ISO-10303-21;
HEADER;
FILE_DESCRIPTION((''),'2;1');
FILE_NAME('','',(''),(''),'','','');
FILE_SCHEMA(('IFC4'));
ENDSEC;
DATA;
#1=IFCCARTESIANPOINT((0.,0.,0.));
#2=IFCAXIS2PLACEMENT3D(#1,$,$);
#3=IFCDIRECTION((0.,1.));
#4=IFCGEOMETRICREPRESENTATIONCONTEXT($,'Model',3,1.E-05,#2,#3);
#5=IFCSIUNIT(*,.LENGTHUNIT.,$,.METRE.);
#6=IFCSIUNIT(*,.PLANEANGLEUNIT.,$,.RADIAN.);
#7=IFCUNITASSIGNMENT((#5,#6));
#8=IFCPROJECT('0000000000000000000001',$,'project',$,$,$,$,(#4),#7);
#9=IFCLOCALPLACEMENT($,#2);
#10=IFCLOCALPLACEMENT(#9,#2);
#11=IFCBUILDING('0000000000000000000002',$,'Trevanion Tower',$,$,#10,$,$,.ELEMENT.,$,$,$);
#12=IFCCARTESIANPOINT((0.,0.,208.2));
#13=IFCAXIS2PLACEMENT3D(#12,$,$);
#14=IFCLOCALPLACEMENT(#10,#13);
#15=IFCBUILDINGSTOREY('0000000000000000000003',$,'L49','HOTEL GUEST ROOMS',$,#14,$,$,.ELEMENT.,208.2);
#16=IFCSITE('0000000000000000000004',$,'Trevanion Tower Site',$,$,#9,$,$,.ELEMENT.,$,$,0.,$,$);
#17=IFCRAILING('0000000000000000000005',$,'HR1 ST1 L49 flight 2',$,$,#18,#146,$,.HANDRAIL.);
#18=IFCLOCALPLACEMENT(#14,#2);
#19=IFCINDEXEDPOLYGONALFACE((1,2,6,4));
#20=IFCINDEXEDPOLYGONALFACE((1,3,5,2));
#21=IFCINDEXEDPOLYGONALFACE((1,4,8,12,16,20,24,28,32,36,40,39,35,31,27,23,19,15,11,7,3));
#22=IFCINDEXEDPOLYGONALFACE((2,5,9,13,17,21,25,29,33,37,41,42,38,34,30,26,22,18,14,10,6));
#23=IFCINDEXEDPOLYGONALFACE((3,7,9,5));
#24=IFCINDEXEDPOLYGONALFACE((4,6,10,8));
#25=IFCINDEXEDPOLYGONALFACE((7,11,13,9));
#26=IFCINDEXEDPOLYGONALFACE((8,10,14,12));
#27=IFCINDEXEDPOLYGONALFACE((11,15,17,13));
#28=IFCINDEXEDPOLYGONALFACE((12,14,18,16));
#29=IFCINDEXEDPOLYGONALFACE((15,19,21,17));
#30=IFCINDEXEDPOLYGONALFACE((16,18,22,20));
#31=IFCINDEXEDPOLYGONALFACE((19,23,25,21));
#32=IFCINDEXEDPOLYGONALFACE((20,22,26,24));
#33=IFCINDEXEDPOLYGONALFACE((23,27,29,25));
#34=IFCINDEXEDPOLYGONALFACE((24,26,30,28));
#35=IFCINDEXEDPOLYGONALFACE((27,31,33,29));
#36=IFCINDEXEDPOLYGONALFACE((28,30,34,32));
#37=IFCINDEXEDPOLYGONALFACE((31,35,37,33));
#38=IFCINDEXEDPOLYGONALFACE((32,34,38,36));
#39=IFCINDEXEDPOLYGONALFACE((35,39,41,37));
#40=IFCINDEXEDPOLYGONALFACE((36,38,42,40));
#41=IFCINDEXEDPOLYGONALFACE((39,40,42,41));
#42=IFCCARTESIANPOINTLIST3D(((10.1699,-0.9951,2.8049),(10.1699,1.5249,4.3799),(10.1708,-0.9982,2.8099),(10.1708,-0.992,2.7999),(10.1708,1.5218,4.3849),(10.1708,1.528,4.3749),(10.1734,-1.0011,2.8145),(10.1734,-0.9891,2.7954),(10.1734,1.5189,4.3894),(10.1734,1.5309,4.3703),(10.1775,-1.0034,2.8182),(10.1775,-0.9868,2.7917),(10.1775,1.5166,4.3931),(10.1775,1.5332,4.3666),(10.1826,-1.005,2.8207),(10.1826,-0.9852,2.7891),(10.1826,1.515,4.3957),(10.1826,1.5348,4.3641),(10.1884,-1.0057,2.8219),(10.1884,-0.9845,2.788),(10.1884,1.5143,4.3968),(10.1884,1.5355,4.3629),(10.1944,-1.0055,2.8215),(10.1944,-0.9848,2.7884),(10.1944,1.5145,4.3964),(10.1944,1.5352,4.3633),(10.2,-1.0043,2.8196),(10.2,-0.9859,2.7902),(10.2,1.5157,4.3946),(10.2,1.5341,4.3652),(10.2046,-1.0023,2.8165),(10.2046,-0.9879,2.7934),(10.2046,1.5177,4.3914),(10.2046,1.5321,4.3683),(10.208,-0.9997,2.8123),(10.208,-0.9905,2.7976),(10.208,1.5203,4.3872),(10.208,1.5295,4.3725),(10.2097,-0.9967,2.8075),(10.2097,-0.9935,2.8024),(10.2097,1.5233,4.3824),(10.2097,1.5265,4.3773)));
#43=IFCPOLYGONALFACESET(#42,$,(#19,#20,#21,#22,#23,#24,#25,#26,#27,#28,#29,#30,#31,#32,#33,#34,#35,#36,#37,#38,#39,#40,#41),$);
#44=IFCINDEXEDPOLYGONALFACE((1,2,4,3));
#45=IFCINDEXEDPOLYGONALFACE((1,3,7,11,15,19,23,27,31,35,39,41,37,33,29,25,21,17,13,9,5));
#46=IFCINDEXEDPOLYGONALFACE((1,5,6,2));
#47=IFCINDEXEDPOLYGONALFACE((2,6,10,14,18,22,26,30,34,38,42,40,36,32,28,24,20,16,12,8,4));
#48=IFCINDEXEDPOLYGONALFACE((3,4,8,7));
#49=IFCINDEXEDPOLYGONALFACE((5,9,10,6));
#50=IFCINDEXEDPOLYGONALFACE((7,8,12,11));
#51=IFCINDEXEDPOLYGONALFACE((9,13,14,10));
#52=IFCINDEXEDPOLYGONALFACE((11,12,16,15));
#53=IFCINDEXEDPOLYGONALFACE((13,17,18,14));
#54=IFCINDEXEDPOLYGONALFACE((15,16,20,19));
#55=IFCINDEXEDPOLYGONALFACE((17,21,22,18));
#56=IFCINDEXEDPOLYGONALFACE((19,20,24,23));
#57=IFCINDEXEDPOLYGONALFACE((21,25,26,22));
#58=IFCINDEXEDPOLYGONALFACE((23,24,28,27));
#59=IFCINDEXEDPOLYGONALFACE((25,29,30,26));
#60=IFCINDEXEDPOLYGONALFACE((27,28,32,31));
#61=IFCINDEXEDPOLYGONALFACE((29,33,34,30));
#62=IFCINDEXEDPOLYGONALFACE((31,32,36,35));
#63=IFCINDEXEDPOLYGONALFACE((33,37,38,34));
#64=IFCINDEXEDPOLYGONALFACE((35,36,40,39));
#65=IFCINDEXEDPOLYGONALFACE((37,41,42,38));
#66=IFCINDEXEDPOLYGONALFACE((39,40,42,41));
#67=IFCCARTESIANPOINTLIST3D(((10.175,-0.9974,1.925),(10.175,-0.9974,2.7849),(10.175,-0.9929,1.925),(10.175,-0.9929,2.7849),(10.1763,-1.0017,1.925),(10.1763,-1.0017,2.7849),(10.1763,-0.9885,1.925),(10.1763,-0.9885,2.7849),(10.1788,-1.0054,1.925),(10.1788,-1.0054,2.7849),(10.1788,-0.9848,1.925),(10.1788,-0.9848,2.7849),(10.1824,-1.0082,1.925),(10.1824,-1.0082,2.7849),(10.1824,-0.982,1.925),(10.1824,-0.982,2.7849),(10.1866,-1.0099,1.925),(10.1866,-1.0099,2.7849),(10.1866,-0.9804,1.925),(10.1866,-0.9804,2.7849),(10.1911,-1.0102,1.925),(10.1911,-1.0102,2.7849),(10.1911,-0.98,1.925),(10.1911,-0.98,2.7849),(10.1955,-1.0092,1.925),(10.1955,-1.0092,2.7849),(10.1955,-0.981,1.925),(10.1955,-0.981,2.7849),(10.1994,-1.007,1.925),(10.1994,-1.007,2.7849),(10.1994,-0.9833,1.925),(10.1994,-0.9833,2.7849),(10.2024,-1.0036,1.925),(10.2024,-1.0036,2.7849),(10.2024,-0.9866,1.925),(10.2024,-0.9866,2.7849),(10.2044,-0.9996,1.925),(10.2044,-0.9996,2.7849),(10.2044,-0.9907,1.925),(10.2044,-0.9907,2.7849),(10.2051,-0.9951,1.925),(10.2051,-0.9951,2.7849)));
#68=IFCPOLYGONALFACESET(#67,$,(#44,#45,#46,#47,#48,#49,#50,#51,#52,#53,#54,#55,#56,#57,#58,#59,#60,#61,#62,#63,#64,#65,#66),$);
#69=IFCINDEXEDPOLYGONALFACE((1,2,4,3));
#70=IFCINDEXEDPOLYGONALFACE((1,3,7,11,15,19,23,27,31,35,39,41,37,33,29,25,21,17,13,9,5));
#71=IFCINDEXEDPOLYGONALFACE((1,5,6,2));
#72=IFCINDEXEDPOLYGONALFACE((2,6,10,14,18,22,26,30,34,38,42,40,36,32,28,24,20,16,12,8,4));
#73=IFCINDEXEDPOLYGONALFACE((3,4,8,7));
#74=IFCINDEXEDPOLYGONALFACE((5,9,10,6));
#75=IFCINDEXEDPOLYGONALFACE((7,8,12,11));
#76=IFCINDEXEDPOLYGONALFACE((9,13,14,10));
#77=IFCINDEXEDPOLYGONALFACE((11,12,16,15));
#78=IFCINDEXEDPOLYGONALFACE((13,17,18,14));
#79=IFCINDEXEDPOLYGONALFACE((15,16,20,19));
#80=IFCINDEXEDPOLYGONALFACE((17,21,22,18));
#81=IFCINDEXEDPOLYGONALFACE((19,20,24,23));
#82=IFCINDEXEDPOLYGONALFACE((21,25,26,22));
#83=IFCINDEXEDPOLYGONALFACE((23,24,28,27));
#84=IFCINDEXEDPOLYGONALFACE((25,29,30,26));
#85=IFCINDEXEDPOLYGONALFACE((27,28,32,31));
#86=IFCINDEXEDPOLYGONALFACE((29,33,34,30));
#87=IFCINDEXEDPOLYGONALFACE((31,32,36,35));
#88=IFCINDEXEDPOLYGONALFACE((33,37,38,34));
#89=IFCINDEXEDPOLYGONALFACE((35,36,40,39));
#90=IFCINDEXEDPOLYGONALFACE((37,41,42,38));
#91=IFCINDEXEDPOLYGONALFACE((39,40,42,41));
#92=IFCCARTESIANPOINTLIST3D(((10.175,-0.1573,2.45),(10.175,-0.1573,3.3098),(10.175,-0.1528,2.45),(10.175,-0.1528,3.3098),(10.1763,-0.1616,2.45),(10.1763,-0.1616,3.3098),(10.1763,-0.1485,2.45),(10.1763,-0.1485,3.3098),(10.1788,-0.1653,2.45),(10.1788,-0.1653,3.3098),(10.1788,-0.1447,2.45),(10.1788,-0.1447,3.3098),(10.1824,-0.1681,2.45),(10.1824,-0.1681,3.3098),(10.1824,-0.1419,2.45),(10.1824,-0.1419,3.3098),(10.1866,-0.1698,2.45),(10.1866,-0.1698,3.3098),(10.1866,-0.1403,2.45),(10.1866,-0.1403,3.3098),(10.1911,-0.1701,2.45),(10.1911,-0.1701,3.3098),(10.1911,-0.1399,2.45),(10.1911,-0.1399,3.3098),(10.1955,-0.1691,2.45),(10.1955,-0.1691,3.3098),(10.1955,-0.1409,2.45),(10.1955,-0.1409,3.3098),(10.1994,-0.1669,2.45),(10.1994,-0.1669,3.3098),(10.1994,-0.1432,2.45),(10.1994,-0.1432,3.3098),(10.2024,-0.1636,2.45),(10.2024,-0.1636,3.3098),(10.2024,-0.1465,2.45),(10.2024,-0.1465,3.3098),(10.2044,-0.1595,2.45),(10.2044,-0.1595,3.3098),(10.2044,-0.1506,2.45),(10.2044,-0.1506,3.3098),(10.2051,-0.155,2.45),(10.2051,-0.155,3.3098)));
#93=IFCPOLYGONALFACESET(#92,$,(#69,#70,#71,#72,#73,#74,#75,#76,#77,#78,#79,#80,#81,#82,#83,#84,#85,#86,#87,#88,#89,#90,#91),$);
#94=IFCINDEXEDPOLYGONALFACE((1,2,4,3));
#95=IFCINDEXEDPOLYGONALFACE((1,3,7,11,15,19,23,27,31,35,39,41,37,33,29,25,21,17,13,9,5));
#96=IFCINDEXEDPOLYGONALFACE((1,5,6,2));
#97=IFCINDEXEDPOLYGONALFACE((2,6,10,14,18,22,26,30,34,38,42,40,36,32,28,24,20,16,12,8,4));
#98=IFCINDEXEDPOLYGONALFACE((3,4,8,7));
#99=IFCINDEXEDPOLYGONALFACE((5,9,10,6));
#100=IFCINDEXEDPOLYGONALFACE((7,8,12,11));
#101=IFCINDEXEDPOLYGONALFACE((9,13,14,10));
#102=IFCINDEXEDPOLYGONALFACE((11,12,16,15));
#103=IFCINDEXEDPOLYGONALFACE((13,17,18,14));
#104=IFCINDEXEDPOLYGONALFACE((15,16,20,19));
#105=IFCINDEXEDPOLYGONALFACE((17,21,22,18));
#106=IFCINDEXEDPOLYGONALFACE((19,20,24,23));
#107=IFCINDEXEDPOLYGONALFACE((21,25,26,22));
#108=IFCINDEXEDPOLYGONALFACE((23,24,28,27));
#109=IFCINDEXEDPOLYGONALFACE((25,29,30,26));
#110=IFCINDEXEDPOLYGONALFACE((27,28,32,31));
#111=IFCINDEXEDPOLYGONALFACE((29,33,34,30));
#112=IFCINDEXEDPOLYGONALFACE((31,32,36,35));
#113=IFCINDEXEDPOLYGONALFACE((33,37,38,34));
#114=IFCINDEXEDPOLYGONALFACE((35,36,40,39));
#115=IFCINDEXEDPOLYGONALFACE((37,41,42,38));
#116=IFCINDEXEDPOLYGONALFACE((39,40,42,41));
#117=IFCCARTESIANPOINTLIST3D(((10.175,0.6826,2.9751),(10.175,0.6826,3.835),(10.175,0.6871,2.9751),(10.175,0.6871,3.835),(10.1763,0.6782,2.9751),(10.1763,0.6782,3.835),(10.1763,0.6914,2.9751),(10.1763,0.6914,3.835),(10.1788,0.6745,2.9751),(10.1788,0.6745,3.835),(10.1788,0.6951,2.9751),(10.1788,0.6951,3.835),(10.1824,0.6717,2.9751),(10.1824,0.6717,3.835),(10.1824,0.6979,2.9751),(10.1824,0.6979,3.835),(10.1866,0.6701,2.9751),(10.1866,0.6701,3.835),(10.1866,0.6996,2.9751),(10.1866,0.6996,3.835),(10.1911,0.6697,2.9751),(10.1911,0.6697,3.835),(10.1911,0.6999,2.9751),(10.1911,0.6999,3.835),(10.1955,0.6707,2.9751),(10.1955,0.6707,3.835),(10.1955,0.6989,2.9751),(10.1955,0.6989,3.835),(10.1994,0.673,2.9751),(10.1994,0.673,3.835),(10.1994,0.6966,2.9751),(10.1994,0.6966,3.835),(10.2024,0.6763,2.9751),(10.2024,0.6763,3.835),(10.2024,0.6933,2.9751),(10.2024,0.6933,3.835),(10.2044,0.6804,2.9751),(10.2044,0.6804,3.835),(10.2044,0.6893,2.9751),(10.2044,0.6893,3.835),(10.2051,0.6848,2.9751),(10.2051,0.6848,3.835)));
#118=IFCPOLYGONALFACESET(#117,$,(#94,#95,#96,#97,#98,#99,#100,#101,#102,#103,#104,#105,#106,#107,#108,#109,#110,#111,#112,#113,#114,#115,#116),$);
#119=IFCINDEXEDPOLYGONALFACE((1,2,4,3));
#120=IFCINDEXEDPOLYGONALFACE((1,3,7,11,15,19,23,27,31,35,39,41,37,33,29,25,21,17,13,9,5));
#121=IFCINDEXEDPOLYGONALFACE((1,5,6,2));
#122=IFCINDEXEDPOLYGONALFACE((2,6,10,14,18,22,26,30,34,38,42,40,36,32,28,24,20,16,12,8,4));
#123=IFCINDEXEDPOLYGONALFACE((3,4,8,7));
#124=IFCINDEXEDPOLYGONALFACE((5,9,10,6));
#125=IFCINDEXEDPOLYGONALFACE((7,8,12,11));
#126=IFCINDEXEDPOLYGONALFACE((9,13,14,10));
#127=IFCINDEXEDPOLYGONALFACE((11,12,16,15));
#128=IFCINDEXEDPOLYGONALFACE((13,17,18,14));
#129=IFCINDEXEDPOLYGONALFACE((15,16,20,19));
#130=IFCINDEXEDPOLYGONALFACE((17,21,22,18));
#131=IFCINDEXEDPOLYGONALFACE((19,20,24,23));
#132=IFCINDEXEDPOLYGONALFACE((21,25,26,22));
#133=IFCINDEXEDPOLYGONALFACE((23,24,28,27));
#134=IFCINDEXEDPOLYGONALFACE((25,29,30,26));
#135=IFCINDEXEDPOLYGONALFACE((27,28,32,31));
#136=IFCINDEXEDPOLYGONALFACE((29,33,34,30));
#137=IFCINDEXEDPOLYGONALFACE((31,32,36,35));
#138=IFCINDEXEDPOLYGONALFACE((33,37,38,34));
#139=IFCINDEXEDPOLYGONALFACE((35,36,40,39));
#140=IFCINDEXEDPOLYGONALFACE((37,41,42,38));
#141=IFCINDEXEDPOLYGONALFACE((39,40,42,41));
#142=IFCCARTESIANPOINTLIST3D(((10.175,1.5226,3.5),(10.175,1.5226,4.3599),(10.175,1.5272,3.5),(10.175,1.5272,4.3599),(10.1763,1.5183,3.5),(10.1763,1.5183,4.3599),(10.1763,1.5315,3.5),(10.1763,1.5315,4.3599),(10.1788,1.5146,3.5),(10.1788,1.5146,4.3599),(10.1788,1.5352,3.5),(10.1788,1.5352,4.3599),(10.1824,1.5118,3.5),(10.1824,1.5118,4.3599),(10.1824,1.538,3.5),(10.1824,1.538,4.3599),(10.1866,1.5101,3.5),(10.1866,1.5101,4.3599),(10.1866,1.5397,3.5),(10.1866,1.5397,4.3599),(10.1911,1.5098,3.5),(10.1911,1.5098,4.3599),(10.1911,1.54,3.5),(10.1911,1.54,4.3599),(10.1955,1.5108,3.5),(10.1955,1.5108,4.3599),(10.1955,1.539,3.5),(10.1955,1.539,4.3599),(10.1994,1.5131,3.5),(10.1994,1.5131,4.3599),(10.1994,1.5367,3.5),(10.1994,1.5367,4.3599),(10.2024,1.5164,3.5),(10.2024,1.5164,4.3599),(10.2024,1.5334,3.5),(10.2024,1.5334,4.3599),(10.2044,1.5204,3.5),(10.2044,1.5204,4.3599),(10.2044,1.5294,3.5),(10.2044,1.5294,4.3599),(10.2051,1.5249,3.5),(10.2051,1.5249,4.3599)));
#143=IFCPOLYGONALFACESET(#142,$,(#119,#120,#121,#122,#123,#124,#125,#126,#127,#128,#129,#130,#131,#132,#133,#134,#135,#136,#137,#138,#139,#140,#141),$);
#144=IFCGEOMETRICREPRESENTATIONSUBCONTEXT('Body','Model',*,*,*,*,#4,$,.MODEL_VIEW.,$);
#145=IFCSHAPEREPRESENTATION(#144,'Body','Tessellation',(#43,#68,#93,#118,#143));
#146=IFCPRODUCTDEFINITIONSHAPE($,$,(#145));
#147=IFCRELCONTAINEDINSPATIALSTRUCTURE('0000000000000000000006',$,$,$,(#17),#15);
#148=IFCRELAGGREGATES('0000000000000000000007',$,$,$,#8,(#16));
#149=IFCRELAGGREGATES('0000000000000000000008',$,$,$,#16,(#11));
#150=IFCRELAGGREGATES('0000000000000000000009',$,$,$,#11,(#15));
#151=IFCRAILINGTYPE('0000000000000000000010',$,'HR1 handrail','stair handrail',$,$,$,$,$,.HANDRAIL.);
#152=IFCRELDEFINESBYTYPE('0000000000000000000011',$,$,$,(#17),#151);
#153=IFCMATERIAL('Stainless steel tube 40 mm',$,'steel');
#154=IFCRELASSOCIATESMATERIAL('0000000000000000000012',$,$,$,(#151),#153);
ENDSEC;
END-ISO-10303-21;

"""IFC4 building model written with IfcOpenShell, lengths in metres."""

from ifc_helpers import new_model, si_unit, direction, frame, origin, origin_2d, place, context, subcontext, project, spatial, circle, extrude, material, type_object, element, save


model = new_model("IFC4")

# Units and contexts
model_context = context("Model", 3, precision=1e-05, world=origin(), true_north=direction((0.0, 1.0)))
body_context = subcontext(model_context, "Body", "Model", "MODEL_VIEW")
ifc_project = project(units=[si_unit("LENGTHUNIT", "METRE"), si_unit("PLANEANGLEUNIT", "RADIAN")], contexts=[model_context])

# Site, building, storey
site_placement = place(None, origin())
site = spatial("IfcSite", under=ifc_project, at=site_placement, Name="Trevanion Tower Site", CompositionType="ELEMENT", RefElevation=0.0)
building_placement = place(site_placement, origin())
building = spatial("IfcBuilding", under=site, at=building_placement, Name="Trevanion Tower", CompositionType="ELEMENT")
storey_placement = place(building_placement, frame((0.0, 0.0, 208.2)))
storey = spatial("IfcBuildingStorey", under=building, at=storey_placement, Name="L49", Description="HOTEL GUEST ROOMS", CompositionType="ELEMENT", Elevation=208.2)

# Railing
ifc_material_1 = material(Name="Stainless steel tube 40 mm", Category="steel")
railing_type = type_object("IfcRailingType", Name="HR1 handrail", Description="stair handrail", PredefinedType="HANDRAIL", material=ifc_material_1)
for number, where, name in (
    (1, (10.1899, -0.9951, 1.925), "HR1 ST1 L49 flight 2"),
):
    element("IfcRailing", number, at=place(storey_placement, frame(where)), inside=storey, type_object=railing_type, Name=name, PredefinedType="HANDRAIL", context=body_context, shape_type="SweptSolid", body=[
        extrude(circle(Radius=0.02, at=origin_2d()), frame((0.0, 0.0, 0.8799), z_axis=(0.0, 0.848008, 0.529984), x_axis=(-1.0, 0.0, 0.0)), (0.0, 0.0, 1.0), 2.9717),
        extrude(circle(Radius=0.0151, at=origin_2d()), origin(), (0.0, 0.0, 1.0), 0.8599),
        extrude(circle(Radius=0.0151, at=origin_2d()), frame((0.0, 0.8401, 0.5249)), (0.0, 0.0, 1.0), 0.8599),
        extrude(circle(Radius=0.0151, at=origin_2d()), frame((0.0, 1.6799, 1.05)), (0.0, 0.0, 1.0), 0.8599),
        extrude(circle(Radius=0.0151, at=origin_2d()), frame((0.0, 2.52, 1.575)), (0.0, 0.0, 1.0), 0.8599),
    ])

save(model, "model.ifc")
